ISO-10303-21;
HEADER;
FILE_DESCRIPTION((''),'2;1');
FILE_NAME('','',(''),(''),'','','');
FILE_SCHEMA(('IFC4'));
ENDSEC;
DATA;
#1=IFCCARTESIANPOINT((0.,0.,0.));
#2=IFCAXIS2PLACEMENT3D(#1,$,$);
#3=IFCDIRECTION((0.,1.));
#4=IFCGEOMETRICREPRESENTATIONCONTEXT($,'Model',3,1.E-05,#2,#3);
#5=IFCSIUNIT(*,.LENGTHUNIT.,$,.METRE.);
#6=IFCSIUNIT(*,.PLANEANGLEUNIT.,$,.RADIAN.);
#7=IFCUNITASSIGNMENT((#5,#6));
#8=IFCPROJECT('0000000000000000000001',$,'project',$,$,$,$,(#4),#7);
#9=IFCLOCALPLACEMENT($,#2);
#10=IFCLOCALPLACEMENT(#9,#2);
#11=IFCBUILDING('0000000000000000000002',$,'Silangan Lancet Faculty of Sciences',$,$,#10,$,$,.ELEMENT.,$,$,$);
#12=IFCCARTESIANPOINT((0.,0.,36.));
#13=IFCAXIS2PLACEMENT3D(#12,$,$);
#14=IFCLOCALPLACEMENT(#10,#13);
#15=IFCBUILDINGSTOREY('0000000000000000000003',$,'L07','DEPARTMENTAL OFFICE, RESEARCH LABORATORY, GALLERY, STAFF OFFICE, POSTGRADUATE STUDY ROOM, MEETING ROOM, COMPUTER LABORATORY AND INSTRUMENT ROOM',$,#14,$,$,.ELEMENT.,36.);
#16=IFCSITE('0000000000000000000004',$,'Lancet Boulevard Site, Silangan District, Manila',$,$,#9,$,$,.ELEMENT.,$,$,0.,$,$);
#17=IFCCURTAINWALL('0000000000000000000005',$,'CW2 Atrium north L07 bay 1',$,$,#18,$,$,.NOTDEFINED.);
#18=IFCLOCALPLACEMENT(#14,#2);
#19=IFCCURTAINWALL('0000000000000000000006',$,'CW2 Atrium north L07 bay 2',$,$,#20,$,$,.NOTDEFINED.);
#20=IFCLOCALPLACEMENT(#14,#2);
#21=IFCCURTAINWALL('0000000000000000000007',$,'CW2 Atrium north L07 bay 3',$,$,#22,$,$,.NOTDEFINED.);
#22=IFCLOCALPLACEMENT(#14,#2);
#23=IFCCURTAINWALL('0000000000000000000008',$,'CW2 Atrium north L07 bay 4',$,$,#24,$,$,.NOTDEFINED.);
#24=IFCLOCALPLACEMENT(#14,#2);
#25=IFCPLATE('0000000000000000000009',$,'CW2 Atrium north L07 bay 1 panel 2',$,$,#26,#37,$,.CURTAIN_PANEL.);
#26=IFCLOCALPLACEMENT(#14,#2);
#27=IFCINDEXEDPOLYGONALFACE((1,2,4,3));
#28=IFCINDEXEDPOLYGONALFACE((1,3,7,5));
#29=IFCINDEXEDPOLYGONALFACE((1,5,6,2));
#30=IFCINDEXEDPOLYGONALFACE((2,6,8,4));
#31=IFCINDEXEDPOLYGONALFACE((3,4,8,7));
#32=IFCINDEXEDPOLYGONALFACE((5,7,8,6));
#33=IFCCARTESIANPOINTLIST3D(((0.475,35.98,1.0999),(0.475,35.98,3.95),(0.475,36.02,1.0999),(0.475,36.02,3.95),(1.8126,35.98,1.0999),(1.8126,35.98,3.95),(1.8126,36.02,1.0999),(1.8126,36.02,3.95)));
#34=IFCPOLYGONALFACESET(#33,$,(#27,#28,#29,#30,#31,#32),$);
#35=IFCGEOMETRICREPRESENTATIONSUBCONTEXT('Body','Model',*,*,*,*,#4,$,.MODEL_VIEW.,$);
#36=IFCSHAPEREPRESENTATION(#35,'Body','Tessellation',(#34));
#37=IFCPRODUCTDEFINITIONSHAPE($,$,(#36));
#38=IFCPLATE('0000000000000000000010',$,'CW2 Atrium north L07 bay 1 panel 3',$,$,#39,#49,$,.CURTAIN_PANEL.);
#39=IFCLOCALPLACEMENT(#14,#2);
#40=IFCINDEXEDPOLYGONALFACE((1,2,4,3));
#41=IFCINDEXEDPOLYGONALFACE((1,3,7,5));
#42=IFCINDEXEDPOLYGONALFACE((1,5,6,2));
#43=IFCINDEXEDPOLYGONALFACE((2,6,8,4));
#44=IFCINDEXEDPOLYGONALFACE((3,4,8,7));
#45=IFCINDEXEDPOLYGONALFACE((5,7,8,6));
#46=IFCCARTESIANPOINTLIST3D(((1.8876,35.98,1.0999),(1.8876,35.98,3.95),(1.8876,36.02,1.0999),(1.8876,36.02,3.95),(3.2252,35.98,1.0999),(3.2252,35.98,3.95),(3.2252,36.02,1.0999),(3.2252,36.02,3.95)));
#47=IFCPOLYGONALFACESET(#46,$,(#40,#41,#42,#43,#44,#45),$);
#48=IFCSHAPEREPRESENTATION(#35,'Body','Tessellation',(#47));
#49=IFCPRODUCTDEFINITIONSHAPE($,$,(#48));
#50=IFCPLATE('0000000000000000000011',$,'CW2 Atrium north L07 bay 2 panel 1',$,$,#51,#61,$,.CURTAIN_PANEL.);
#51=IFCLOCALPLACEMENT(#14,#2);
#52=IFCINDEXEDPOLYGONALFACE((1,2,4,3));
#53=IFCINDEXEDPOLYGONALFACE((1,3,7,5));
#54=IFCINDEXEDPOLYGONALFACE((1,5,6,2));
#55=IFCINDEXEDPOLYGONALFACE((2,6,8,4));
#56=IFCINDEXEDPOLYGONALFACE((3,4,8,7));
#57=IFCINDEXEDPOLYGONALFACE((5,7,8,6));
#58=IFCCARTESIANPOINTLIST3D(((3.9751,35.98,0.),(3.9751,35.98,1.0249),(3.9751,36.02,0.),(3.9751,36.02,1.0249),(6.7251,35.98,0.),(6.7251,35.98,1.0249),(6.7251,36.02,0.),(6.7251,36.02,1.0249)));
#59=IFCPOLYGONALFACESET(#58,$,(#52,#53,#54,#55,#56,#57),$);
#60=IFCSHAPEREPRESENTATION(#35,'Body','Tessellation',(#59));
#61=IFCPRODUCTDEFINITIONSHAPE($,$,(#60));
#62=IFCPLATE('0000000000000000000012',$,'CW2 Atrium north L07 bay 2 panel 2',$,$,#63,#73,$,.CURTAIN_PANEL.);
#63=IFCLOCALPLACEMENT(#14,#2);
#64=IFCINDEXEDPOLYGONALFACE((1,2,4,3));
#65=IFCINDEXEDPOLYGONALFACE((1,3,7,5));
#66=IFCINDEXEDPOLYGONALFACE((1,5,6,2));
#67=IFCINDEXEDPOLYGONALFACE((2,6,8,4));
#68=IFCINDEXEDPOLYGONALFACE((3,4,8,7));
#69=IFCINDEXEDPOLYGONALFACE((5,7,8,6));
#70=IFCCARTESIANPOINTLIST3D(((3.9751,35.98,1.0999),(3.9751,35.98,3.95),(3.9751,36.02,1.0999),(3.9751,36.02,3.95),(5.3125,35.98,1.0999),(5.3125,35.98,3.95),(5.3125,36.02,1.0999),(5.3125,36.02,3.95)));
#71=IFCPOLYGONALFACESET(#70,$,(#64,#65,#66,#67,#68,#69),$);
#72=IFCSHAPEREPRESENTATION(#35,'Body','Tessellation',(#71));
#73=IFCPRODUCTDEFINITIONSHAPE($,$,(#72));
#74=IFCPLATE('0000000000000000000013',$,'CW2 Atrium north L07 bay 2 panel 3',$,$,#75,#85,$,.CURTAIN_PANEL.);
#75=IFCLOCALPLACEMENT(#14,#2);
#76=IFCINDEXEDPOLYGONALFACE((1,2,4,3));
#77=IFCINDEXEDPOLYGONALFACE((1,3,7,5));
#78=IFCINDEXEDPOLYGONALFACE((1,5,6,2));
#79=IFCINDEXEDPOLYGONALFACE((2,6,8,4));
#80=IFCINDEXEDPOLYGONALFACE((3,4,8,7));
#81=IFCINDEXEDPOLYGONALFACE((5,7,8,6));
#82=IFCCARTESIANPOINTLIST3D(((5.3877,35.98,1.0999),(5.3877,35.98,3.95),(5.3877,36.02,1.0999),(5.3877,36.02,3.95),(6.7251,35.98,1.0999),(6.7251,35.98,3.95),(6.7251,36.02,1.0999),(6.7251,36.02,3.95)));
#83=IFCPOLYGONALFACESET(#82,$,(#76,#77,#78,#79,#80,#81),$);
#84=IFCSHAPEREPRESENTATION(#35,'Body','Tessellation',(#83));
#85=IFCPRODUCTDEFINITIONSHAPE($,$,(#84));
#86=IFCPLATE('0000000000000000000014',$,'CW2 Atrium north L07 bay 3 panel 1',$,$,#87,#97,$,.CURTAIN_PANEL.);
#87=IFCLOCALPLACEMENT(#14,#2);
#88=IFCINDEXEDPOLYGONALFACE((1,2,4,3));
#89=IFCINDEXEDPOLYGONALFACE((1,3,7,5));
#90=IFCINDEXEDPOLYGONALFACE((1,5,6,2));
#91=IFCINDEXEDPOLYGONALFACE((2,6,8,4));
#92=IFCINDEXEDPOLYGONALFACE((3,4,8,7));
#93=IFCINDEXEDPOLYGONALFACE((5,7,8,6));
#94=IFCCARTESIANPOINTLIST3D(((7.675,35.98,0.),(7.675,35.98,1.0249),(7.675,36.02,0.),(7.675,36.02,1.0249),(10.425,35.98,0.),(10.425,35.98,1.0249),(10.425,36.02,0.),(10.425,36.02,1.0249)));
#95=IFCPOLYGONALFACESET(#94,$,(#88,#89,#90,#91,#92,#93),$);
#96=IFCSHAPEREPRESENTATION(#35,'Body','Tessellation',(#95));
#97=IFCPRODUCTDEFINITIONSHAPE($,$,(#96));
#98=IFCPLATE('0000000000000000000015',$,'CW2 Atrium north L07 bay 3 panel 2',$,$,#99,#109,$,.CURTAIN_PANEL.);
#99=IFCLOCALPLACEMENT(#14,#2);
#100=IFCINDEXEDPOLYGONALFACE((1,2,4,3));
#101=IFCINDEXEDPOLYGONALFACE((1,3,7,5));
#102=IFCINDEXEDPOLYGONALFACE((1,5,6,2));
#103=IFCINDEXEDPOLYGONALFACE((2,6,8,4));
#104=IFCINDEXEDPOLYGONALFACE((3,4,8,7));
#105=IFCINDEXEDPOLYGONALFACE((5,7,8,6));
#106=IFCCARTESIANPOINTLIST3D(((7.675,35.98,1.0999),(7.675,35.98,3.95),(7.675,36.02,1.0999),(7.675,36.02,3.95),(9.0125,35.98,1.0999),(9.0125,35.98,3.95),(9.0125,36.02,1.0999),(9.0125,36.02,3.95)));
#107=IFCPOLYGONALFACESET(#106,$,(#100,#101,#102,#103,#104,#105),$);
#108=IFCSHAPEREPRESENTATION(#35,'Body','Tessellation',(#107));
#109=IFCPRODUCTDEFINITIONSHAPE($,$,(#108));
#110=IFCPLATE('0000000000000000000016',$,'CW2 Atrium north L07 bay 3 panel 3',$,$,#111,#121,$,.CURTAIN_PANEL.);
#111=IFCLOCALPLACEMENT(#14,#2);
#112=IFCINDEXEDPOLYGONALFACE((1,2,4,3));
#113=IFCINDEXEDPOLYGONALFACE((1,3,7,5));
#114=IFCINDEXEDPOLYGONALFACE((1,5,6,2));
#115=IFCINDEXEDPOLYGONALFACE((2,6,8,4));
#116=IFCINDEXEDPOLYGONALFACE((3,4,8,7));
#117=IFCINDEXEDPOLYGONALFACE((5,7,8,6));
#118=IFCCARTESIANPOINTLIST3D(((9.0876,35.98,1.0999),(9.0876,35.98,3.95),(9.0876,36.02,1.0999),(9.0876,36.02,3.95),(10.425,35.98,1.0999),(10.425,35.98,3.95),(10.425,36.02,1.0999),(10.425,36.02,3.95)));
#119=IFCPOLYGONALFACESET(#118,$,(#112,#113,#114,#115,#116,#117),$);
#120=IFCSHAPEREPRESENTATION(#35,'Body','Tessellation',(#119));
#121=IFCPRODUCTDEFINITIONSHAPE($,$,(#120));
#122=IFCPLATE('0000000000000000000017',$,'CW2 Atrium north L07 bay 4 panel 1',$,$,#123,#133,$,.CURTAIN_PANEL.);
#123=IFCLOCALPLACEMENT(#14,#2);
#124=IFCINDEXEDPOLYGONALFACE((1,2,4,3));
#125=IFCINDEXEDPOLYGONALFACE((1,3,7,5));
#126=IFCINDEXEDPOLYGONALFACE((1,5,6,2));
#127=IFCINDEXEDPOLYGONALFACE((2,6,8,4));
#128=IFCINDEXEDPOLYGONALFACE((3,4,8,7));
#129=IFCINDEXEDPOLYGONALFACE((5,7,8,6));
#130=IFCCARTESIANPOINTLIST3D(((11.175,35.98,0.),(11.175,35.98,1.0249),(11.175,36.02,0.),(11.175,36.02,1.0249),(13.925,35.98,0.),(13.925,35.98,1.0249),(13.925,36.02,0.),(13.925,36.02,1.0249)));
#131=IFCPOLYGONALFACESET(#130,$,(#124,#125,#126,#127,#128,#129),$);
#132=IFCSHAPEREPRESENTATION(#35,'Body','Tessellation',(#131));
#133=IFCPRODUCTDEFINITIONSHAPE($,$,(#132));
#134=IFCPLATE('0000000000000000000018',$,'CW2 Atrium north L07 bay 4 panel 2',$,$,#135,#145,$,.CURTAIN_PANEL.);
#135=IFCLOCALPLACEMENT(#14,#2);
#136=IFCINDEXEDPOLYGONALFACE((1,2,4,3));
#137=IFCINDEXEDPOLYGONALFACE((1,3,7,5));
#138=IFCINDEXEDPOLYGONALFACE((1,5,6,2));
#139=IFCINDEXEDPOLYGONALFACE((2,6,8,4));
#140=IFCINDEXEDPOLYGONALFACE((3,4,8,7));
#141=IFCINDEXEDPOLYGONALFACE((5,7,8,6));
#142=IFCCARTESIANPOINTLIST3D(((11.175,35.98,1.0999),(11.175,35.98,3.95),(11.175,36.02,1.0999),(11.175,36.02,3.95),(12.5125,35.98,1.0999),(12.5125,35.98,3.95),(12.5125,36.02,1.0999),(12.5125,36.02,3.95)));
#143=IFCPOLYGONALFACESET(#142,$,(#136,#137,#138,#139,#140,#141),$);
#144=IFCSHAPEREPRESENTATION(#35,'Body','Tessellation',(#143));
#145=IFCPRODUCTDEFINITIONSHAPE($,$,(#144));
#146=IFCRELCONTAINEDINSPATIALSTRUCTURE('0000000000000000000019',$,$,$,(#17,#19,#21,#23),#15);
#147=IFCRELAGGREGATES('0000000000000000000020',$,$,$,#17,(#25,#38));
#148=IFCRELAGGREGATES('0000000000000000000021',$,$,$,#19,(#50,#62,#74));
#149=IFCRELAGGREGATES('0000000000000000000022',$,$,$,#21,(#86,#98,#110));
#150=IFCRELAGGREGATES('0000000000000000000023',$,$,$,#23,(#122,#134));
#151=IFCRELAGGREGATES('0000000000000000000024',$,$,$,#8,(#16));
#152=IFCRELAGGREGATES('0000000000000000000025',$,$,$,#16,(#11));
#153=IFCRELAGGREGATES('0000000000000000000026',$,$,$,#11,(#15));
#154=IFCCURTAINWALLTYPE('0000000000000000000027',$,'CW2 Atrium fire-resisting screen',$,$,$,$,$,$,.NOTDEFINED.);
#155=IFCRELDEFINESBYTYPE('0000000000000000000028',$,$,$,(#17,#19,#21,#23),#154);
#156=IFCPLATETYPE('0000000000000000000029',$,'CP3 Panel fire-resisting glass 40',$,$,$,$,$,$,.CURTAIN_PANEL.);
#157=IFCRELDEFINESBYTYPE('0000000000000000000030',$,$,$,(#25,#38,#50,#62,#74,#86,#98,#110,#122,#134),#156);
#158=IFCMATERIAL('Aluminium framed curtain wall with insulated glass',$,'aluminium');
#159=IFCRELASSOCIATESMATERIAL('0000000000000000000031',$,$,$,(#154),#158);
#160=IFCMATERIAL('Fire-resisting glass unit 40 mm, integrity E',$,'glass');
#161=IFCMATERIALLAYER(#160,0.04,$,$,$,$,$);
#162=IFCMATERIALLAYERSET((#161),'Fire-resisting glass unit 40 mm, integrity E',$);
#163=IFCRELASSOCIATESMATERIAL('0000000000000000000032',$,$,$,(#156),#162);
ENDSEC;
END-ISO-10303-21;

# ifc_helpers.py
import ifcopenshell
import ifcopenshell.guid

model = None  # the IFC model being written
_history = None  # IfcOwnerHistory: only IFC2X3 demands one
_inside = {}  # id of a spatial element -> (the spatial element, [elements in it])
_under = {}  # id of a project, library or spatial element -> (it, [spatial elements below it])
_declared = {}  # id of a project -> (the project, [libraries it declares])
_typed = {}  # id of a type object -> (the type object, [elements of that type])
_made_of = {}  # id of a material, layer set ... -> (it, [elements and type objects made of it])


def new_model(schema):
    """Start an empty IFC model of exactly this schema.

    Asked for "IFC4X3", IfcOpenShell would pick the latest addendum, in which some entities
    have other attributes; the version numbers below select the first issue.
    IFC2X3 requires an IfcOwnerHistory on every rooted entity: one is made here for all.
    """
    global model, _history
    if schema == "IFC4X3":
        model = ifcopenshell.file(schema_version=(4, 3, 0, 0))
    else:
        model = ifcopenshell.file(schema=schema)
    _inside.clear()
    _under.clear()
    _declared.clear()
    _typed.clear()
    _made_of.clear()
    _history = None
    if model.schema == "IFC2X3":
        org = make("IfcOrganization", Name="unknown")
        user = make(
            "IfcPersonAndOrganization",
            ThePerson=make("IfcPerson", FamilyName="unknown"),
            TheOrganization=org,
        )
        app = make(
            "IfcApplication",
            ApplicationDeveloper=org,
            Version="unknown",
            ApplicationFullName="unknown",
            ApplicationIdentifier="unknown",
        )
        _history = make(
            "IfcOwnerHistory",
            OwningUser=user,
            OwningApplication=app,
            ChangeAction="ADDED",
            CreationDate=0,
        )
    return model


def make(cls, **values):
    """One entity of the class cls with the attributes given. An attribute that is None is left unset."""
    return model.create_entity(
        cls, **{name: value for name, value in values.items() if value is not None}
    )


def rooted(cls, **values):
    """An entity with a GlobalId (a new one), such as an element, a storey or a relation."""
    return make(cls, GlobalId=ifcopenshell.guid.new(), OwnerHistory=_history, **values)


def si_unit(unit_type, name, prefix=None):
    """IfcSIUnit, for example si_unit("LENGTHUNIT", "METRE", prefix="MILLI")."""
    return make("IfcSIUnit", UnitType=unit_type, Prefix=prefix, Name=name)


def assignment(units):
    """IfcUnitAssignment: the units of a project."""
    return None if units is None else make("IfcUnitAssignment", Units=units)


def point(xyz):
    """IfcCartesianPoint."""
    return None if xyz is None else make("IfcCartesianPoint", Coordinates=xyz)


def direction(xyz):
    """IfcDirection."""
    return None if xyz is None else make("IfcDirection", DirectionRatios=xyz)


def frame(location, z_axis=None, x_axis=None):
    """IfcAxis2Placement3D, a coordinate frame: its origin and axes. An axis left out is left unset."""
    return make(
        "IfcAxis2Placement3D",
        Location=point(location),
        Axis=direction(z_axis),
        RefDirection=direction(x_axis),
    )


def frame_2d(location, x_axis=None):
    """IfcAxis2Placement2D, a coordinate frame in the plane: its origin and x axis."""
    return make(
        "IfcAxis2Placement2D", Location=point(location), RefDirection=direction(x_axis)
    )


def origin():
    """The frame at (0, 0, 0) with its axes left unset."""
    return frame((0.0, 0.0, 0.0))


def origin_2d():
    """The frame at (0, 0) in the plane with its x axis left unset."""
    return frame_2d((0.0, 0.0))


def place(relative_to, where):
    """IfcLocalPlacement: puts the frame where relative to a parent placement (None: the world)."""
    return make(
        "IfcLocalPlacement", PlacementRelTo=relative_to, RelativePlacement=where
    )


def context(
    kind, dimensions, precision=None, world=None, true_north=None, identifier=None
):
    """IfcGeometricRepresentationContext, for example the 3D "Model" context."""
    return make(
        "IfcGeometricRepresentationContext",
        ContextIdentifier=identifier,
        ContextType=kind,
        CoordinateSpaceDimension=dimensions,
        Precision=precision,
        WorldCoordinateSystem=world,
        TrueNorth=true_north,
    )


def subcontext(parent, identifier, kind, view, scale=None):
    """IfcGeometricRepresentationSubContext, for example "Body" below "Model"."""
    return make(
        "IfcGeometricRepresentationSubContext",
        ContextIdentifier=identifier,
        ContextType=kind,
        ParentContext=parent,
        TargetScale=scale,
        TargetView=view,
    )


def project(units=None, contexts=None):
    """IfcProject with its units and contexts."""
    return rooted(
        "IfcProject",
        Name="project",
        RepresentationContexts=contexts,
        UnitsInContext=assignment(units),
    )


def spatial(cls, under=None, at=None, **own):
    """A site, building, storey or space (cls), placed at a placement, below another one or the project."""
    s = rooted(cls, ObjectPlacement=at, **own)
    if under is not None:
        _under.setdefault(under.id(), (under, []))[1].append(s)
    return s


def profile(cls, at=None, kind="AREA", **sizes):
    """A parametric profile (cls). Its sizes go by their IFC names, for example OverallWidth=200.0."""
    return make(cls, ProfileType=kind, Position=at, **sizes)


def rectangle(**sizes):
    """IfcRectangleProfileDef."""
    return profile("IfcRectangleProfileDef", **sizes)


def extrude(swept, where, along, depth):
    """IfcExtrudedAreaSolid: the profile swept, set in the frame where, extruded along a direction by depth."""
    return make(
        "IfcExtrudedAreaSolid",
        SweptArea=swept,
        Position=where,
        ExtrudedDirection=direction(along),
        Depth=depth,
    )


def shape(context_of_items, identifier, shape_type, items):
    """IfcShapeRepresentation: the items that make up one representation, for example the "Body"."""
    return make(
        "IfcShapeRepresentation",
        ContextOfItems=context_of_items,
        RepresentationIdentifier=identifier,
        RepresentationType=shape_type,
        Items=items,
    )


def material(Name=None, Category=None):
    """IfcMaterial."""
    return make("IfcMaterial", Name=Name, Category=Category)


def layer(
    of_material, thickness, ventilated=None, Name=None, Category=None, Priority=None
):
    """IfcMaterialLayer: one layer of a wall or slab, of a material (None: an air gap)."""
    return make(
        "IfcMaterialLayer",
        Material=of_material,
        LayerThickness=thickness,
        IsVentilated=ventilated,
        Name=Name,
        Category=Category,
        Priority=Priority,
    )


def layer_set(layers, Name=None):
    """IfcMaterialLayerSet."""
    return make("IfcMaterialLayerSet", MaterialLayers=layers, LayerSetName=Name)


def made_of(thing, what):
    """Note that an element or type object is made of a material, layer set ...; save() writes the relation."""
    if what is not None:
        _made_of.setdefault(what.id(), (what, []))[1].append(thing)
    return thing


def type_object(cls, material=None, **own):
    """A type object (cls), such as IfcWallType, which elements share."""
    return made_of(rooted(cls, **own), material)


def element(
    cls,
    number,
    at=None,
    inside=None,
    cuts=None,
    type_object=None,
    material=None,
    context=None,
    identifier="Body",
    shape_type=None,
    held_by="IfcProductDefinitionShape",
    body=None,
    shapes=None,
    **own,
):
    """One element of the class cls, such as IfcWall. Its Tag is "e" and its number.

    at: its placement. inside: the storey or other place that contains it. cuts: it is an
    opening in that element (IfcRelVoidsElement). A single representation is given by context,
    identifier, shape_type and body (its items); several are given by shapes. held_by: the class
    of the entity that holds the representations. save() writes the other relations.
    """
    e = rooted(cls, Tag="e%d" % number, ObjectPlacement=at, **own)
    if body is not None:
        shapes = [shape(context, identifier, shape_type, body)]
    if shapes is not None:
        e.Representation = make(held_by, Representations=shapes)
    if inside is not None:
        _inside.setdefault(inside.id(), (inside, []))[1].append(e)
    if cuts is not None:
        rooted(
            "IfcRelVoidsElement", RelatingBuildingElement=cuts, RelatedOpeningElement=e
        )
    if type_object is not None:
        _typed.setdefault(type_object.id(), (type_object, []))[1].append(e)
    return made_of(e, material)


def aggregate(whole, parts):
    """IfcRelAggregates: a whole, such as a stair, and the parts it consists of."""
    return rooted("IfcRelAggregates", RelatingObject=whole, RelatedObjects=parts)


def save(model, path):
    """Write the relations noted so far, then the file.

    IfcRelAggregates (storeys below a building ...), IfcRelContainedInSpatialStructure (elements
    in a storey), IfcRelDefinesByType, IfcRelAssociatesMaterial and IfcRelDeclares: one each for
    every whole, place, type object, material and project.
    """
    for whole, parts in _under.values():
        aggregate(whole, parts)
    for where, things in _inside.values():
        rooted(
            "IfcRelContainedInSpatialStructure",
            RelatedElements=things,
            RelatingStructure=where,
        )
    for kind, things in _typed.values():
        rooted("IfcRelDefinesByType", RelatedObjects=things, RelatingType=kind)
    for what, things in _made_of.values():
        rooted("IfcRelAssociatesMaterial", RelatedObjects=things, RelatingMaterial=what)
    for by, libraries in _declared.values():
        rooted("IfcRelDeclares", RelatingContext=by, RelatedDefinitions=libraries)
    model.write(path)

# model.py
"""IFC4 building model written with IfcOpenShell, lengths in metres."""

from ifc_helpers import new_model, si_unit, direction, frame, origin, origin_2d, place, context, subcontext, project, spatial, rectangle, extrude, material, layer, layer_set, type_object, element, aggregate, save


model = new_model("IFC4")

# Units and contexts
model_context = context("Model", 3, precision=1e-05, world=origin(), true_north=direction((0.0, 1.0)))
body_context = subcontext(model_context, "Body", "Model", "MODEL_VIEW")
ifc_project = project(units=[si_unit("LENGTHUNIT", "METRE"), si_unit("PLANEANGLEUNIT", "RADIAN")], contexts=[model_context])

# Site, building, storey
site_placement = place(None, origin())
site = spatial("IfcSite", under=ifc_project, at=site_placement, Name="Lancet Boulevard Site, Silangan District, Manila", CompositionType="ELEMENT", RefElevation=0.0)
building_placement = place(site_placement, origin())
building = spatial("IfcBuilding", under=site, at=building_placement, Name="Silangan Lancet Faculty of Sciences", CompositionType="ELEMENT")
storey_placement = place(building_placement, frame((0.0, 0.0, 36.0)))
storey = spatial("IfcBuildingStorey", under=building, at=storey_placement, Name="L07", Description="DEPARTMENTAL OFFICE, RESEARCH LABORATORY, GALLERY, STAFF OFFICE, POSTGRADUATE STUDY ROOM, MEETING ROOM, COMPUTER LABORATORY AND INSTRUMENT ROOM", CompositionType="ELEMENT", Elevation=36.0)

# Curtain walls
ifc_material_1 = material(Name="Aluminium framed curtain wall with insulated glass", Category="aluminium")
curtain_wall_type_1 = type_object("IfcCurtainWallType", Name="CW2 Atrium fire-resisting screen", PredefinedType="NOTDEFINED", material=ifc_material_1)
curtain_wall_1_placement = place(storey_placement, origin())
curtain_wall_1 = element("IfcCurtainWall", 1, at=curtain_wall_1_placement, inside=storey, type_object=curtain_wall_type_1, Name="CW2 Atrium north L07 bay 1", PredefinedType="NOTDEFINED")
curtain_wall_2_placement = place(storey_placement, origin())
curtain_wall_2 = element("IfcCurtainWall", 2, at=curtain_wall_2_placement, inside=storey, type_object=curtain_wall_type_1, Name="CW2 Atrium north L07 bay 2", PredefinedType="NOTDEFINED")
curtain_wall_3_placement = place(storey_placement, origin())
curtain_wall_3 = element("IfcCurtainWall", 3, at=curtain_wall_3_placement, inside=storey, type_object=curtain_wall_type_1, Name="CW2 Atrium north L07 bay 3", PredefinedType="NOTDEFINED")
curtain_wall_4_placement = place(storey_placement, origin())
curtain_wall_4 = element("IfcCurtainWall", 4, at=curtain_wall_4_placement, inside=storey, type_object=curtain_wall_type_1, Name="CW2 Atrium north L07 bay 4", PredefinedType="NOTDEFINED")

# Plates
ifc_material_2 = material(Name="Fire-resisting glass unit 40 mm, integrity E", Category="glass")
ifc_layer_1 = layer(ifc_material_2, 0.04)
ifc_layer_set_1 = layer_set([ifc_layer_1], Name="Fire-resisting glass unit 40 mm, integrity E")
plate_type_1 = type_object("IfcPlateType", Name="CP3 Panel fire-resisting glass 40", PredefinedType="CURTAIN_PANEL", material=ifc_layer_set_1)
plate_1_placement = place(storey_placement, frame((1.1438, 36.0, 1.0999), z_axis=(0.0, 0.0, 1.0), x_axis=(1.0, 0.0, 0.0)))
plate_1 = element("IfcPlate", 5, at=plate_1_placement, type_object=plate_type_1, Name="CW2 Atrium north L07 bay 1 panel 2", PredefinedType="CURTAIN_PANEL", context=body_context, shape_type="SweptSolid", body=[
    extrude(rectangle(XDim=1.3376, YDim=0.04, at=origin_2d()), origin(), (0.0, 0.0, 1.0), 2.8501),
])
plate_2_placement = place(storey_placement, frame((2.5564, 36.0, 1.0999), z_axis=(0.0, 0.0, 1.0), x_axis=(1.0, 0.0, 0.0)))
plate_2 = element("IfcPlate", 6, at=plate_2_placement, type_object=plate_type_1, Name="CW2 Atrium north L07 bay 1 panel 3", PredefinedType="CURTAIN_PANEL", context=body_context, shape_type="SweptSolid", body=[
    extrude(rectangle(XDim=1.3376, YDim=0.04, at=origin_2d()), origin(), (0.0, 0.0, 1.0), 2.8501),
])
aggregate(curtain_wall_1, [plate_1, plate_2])
plate_3_placement = place(storey_placement, frame((5.3501, 36.0, 0.0), z_axis=(0.0, 0.0, 1.0), x_axis=(1.0, 0.0, 0.0)))
plate_3 = element("IfcPlate", 7, at=plate_3_placement, type_object=plate_type_1, Name="CW2 Atrium north L07 bay 2 panel 1", PredefinedType="CURTAIN_PANEL", context=body_context, shape_type="SweptSolid", body=[
    extrude(rectangle(XDim=2.75, YDim=0.04, at=origin_2d()), origin(), (0.0, 0.0, 1.0), 1.0249),
])
plate_4_placement = place(storey_placement, frame((4.6438, 36.0, 1.0999), z_axis=(0.0, 0.0, 1.0), x_axis=(1.0, 0.0, 0.0)))
plate_4 = element("IfcPlate", 8, at=plate_4_placement, type_object=plate_type_1, Name="CW2 Atrium north L07 bay 2 panel 2", PredefinedType="CURTAIN_PANEL", context=body_context, shape_type="SweptSolid", body=[
    extrude(rectangle(XDim=1.3374, YDim=0.04, at=origin_2d()), origin(), (0.0, 0.0, 1.0), 2.8501),
])
plate_5_placement = place(storey_placement, frame((6.0564, 36.0, 1.0999), z_axis=(0.0, 0.0, 1.0), x_axis=(1.0, 0.0, 0.0)))
plate_5 = element("IfcPlate", 9, at=plate_5_placement, type_object=plate_type_1, Name="CW2 Atrium north L07 bay 2 panel 3", PredefinedType="CURTAIN_PANEL", context=body_context, shape_type="SweptSolid", body=[
    extrude(rectangle(XDim=1.3374, YDim=0.04, at=origin_2d()), origin(), (0.0, 0.0, 1.0), 2.8501),
])
aggregate(curtain_wall_2, [plate_3, plate_4, plate_5])
plate_6_placement = place(storey_placement, frame((9.05, 36.0, 0.0), z_axis=(0.0, 0.0, 1.0), x_axis=(1.0, 0.0, 0.0)))
plate_6 = element("IfcPlate", 10, at=plate_6_placement, type_object=plate_type_1, Name="CW2 Atrium north L07 bay 3 panel 1", PredefinedType="CURTAIN_PANEL", context=body_context, shape_type="SweptSolid", body=[
    extrude(rectangle(XDim=2.75, YDim=0.04, at=origin_2d()), origin(), (0.0, 0.0, 1.0), 1.0249),
])
plate_7_placement = place(storey_placement, frame((8.3438, 36.0, 1.0999), z_axis=(0.0, 0.0, 1.0), x_axis=(1.0, 0.0, 0.0)))
plate_7 = element("IfcPlate", 11, at=plate_7_placement, type_object=plate_type_1, Name="CW2 Atrium north L07 bay 3 panel 2", PredefinedType="CURTAIN_PANEL", context=body_context, shape_type="SweptSolid", body=[
    extrude(rectangle(XDim=1.3374, YDim=0.04, at=origin_2d()), origin(), (0.0, 0.0, 1.0), 2.8501),
])
plate_8_placement = place(storey_placement, frame((9.7563, 36.0, 1.0999), z_axis=(0.0, 0.0, 1.0), x_axis=(1.0, 0.0, 0.0)))
plate_8 = element("IfcPlate", 12, at=plate_8_placement, type_object=plate_type_1, Name="CW2 Atrium north L07 bay 3 panel 3", PredefinedType="CURTAIN_PANEL", context=body_context, shape_type="SweptSolid", body=[
    extrude(rectangle(XDim=1.3374, YDim=0.04, at=origin_2d()), origin(), (0.0, 0.0, 1.0), 2.8501),
])
aggregate(curtain_wall_3, [plate_6, plate_7, plate_8])
plate_9_placement = place(storey_placement, frame((12.55, 36.0, 0.0), z_axis=(0.0, 0.0, 1.0), x_axis=(1.0, 0.0, 0.0)))
plate_9 = element("IfcPlate", 13, at=plate_9_placement, type_object=plate_type_1, Name="CW2 Atrium north L07 bay 4 panel 1", PredefinedType="CURTAIN_PANEL", context=body_context, shape_type="SweptSolid", body=[
    extrude(rectangle(XDim=2.75, YDim=0.04, at=origin_2d()), origin(), (0.0, 0.0, 1.0), 1.0249),
])
plate_10_placement = place(storey_placement, frame((11.8438, 36.0, 1.0999), z_axis=(0.0, 0.0, 1.0), x_axis=(1.0, 0.0, 0.0)))
plate_10 = element("IfcPlate", 14, at=plate_10_placement, type_object=plate_type_1, Name="CW2 Atrium north L07 bay 4 panel 2", PredefinedType="CURTAIN_PANEL", context=body_context, shape_type="SweptSolid", body=[
    extrude(rectangle(XDim=1.3374, YDim=0.04, at=origin_2d()), origin(), (0.0, 0.0, 1.0), 2.8501),
])
aggregate(curtain_wall_4, [plate_9, plate_10])

save(model, "model.ifc")
